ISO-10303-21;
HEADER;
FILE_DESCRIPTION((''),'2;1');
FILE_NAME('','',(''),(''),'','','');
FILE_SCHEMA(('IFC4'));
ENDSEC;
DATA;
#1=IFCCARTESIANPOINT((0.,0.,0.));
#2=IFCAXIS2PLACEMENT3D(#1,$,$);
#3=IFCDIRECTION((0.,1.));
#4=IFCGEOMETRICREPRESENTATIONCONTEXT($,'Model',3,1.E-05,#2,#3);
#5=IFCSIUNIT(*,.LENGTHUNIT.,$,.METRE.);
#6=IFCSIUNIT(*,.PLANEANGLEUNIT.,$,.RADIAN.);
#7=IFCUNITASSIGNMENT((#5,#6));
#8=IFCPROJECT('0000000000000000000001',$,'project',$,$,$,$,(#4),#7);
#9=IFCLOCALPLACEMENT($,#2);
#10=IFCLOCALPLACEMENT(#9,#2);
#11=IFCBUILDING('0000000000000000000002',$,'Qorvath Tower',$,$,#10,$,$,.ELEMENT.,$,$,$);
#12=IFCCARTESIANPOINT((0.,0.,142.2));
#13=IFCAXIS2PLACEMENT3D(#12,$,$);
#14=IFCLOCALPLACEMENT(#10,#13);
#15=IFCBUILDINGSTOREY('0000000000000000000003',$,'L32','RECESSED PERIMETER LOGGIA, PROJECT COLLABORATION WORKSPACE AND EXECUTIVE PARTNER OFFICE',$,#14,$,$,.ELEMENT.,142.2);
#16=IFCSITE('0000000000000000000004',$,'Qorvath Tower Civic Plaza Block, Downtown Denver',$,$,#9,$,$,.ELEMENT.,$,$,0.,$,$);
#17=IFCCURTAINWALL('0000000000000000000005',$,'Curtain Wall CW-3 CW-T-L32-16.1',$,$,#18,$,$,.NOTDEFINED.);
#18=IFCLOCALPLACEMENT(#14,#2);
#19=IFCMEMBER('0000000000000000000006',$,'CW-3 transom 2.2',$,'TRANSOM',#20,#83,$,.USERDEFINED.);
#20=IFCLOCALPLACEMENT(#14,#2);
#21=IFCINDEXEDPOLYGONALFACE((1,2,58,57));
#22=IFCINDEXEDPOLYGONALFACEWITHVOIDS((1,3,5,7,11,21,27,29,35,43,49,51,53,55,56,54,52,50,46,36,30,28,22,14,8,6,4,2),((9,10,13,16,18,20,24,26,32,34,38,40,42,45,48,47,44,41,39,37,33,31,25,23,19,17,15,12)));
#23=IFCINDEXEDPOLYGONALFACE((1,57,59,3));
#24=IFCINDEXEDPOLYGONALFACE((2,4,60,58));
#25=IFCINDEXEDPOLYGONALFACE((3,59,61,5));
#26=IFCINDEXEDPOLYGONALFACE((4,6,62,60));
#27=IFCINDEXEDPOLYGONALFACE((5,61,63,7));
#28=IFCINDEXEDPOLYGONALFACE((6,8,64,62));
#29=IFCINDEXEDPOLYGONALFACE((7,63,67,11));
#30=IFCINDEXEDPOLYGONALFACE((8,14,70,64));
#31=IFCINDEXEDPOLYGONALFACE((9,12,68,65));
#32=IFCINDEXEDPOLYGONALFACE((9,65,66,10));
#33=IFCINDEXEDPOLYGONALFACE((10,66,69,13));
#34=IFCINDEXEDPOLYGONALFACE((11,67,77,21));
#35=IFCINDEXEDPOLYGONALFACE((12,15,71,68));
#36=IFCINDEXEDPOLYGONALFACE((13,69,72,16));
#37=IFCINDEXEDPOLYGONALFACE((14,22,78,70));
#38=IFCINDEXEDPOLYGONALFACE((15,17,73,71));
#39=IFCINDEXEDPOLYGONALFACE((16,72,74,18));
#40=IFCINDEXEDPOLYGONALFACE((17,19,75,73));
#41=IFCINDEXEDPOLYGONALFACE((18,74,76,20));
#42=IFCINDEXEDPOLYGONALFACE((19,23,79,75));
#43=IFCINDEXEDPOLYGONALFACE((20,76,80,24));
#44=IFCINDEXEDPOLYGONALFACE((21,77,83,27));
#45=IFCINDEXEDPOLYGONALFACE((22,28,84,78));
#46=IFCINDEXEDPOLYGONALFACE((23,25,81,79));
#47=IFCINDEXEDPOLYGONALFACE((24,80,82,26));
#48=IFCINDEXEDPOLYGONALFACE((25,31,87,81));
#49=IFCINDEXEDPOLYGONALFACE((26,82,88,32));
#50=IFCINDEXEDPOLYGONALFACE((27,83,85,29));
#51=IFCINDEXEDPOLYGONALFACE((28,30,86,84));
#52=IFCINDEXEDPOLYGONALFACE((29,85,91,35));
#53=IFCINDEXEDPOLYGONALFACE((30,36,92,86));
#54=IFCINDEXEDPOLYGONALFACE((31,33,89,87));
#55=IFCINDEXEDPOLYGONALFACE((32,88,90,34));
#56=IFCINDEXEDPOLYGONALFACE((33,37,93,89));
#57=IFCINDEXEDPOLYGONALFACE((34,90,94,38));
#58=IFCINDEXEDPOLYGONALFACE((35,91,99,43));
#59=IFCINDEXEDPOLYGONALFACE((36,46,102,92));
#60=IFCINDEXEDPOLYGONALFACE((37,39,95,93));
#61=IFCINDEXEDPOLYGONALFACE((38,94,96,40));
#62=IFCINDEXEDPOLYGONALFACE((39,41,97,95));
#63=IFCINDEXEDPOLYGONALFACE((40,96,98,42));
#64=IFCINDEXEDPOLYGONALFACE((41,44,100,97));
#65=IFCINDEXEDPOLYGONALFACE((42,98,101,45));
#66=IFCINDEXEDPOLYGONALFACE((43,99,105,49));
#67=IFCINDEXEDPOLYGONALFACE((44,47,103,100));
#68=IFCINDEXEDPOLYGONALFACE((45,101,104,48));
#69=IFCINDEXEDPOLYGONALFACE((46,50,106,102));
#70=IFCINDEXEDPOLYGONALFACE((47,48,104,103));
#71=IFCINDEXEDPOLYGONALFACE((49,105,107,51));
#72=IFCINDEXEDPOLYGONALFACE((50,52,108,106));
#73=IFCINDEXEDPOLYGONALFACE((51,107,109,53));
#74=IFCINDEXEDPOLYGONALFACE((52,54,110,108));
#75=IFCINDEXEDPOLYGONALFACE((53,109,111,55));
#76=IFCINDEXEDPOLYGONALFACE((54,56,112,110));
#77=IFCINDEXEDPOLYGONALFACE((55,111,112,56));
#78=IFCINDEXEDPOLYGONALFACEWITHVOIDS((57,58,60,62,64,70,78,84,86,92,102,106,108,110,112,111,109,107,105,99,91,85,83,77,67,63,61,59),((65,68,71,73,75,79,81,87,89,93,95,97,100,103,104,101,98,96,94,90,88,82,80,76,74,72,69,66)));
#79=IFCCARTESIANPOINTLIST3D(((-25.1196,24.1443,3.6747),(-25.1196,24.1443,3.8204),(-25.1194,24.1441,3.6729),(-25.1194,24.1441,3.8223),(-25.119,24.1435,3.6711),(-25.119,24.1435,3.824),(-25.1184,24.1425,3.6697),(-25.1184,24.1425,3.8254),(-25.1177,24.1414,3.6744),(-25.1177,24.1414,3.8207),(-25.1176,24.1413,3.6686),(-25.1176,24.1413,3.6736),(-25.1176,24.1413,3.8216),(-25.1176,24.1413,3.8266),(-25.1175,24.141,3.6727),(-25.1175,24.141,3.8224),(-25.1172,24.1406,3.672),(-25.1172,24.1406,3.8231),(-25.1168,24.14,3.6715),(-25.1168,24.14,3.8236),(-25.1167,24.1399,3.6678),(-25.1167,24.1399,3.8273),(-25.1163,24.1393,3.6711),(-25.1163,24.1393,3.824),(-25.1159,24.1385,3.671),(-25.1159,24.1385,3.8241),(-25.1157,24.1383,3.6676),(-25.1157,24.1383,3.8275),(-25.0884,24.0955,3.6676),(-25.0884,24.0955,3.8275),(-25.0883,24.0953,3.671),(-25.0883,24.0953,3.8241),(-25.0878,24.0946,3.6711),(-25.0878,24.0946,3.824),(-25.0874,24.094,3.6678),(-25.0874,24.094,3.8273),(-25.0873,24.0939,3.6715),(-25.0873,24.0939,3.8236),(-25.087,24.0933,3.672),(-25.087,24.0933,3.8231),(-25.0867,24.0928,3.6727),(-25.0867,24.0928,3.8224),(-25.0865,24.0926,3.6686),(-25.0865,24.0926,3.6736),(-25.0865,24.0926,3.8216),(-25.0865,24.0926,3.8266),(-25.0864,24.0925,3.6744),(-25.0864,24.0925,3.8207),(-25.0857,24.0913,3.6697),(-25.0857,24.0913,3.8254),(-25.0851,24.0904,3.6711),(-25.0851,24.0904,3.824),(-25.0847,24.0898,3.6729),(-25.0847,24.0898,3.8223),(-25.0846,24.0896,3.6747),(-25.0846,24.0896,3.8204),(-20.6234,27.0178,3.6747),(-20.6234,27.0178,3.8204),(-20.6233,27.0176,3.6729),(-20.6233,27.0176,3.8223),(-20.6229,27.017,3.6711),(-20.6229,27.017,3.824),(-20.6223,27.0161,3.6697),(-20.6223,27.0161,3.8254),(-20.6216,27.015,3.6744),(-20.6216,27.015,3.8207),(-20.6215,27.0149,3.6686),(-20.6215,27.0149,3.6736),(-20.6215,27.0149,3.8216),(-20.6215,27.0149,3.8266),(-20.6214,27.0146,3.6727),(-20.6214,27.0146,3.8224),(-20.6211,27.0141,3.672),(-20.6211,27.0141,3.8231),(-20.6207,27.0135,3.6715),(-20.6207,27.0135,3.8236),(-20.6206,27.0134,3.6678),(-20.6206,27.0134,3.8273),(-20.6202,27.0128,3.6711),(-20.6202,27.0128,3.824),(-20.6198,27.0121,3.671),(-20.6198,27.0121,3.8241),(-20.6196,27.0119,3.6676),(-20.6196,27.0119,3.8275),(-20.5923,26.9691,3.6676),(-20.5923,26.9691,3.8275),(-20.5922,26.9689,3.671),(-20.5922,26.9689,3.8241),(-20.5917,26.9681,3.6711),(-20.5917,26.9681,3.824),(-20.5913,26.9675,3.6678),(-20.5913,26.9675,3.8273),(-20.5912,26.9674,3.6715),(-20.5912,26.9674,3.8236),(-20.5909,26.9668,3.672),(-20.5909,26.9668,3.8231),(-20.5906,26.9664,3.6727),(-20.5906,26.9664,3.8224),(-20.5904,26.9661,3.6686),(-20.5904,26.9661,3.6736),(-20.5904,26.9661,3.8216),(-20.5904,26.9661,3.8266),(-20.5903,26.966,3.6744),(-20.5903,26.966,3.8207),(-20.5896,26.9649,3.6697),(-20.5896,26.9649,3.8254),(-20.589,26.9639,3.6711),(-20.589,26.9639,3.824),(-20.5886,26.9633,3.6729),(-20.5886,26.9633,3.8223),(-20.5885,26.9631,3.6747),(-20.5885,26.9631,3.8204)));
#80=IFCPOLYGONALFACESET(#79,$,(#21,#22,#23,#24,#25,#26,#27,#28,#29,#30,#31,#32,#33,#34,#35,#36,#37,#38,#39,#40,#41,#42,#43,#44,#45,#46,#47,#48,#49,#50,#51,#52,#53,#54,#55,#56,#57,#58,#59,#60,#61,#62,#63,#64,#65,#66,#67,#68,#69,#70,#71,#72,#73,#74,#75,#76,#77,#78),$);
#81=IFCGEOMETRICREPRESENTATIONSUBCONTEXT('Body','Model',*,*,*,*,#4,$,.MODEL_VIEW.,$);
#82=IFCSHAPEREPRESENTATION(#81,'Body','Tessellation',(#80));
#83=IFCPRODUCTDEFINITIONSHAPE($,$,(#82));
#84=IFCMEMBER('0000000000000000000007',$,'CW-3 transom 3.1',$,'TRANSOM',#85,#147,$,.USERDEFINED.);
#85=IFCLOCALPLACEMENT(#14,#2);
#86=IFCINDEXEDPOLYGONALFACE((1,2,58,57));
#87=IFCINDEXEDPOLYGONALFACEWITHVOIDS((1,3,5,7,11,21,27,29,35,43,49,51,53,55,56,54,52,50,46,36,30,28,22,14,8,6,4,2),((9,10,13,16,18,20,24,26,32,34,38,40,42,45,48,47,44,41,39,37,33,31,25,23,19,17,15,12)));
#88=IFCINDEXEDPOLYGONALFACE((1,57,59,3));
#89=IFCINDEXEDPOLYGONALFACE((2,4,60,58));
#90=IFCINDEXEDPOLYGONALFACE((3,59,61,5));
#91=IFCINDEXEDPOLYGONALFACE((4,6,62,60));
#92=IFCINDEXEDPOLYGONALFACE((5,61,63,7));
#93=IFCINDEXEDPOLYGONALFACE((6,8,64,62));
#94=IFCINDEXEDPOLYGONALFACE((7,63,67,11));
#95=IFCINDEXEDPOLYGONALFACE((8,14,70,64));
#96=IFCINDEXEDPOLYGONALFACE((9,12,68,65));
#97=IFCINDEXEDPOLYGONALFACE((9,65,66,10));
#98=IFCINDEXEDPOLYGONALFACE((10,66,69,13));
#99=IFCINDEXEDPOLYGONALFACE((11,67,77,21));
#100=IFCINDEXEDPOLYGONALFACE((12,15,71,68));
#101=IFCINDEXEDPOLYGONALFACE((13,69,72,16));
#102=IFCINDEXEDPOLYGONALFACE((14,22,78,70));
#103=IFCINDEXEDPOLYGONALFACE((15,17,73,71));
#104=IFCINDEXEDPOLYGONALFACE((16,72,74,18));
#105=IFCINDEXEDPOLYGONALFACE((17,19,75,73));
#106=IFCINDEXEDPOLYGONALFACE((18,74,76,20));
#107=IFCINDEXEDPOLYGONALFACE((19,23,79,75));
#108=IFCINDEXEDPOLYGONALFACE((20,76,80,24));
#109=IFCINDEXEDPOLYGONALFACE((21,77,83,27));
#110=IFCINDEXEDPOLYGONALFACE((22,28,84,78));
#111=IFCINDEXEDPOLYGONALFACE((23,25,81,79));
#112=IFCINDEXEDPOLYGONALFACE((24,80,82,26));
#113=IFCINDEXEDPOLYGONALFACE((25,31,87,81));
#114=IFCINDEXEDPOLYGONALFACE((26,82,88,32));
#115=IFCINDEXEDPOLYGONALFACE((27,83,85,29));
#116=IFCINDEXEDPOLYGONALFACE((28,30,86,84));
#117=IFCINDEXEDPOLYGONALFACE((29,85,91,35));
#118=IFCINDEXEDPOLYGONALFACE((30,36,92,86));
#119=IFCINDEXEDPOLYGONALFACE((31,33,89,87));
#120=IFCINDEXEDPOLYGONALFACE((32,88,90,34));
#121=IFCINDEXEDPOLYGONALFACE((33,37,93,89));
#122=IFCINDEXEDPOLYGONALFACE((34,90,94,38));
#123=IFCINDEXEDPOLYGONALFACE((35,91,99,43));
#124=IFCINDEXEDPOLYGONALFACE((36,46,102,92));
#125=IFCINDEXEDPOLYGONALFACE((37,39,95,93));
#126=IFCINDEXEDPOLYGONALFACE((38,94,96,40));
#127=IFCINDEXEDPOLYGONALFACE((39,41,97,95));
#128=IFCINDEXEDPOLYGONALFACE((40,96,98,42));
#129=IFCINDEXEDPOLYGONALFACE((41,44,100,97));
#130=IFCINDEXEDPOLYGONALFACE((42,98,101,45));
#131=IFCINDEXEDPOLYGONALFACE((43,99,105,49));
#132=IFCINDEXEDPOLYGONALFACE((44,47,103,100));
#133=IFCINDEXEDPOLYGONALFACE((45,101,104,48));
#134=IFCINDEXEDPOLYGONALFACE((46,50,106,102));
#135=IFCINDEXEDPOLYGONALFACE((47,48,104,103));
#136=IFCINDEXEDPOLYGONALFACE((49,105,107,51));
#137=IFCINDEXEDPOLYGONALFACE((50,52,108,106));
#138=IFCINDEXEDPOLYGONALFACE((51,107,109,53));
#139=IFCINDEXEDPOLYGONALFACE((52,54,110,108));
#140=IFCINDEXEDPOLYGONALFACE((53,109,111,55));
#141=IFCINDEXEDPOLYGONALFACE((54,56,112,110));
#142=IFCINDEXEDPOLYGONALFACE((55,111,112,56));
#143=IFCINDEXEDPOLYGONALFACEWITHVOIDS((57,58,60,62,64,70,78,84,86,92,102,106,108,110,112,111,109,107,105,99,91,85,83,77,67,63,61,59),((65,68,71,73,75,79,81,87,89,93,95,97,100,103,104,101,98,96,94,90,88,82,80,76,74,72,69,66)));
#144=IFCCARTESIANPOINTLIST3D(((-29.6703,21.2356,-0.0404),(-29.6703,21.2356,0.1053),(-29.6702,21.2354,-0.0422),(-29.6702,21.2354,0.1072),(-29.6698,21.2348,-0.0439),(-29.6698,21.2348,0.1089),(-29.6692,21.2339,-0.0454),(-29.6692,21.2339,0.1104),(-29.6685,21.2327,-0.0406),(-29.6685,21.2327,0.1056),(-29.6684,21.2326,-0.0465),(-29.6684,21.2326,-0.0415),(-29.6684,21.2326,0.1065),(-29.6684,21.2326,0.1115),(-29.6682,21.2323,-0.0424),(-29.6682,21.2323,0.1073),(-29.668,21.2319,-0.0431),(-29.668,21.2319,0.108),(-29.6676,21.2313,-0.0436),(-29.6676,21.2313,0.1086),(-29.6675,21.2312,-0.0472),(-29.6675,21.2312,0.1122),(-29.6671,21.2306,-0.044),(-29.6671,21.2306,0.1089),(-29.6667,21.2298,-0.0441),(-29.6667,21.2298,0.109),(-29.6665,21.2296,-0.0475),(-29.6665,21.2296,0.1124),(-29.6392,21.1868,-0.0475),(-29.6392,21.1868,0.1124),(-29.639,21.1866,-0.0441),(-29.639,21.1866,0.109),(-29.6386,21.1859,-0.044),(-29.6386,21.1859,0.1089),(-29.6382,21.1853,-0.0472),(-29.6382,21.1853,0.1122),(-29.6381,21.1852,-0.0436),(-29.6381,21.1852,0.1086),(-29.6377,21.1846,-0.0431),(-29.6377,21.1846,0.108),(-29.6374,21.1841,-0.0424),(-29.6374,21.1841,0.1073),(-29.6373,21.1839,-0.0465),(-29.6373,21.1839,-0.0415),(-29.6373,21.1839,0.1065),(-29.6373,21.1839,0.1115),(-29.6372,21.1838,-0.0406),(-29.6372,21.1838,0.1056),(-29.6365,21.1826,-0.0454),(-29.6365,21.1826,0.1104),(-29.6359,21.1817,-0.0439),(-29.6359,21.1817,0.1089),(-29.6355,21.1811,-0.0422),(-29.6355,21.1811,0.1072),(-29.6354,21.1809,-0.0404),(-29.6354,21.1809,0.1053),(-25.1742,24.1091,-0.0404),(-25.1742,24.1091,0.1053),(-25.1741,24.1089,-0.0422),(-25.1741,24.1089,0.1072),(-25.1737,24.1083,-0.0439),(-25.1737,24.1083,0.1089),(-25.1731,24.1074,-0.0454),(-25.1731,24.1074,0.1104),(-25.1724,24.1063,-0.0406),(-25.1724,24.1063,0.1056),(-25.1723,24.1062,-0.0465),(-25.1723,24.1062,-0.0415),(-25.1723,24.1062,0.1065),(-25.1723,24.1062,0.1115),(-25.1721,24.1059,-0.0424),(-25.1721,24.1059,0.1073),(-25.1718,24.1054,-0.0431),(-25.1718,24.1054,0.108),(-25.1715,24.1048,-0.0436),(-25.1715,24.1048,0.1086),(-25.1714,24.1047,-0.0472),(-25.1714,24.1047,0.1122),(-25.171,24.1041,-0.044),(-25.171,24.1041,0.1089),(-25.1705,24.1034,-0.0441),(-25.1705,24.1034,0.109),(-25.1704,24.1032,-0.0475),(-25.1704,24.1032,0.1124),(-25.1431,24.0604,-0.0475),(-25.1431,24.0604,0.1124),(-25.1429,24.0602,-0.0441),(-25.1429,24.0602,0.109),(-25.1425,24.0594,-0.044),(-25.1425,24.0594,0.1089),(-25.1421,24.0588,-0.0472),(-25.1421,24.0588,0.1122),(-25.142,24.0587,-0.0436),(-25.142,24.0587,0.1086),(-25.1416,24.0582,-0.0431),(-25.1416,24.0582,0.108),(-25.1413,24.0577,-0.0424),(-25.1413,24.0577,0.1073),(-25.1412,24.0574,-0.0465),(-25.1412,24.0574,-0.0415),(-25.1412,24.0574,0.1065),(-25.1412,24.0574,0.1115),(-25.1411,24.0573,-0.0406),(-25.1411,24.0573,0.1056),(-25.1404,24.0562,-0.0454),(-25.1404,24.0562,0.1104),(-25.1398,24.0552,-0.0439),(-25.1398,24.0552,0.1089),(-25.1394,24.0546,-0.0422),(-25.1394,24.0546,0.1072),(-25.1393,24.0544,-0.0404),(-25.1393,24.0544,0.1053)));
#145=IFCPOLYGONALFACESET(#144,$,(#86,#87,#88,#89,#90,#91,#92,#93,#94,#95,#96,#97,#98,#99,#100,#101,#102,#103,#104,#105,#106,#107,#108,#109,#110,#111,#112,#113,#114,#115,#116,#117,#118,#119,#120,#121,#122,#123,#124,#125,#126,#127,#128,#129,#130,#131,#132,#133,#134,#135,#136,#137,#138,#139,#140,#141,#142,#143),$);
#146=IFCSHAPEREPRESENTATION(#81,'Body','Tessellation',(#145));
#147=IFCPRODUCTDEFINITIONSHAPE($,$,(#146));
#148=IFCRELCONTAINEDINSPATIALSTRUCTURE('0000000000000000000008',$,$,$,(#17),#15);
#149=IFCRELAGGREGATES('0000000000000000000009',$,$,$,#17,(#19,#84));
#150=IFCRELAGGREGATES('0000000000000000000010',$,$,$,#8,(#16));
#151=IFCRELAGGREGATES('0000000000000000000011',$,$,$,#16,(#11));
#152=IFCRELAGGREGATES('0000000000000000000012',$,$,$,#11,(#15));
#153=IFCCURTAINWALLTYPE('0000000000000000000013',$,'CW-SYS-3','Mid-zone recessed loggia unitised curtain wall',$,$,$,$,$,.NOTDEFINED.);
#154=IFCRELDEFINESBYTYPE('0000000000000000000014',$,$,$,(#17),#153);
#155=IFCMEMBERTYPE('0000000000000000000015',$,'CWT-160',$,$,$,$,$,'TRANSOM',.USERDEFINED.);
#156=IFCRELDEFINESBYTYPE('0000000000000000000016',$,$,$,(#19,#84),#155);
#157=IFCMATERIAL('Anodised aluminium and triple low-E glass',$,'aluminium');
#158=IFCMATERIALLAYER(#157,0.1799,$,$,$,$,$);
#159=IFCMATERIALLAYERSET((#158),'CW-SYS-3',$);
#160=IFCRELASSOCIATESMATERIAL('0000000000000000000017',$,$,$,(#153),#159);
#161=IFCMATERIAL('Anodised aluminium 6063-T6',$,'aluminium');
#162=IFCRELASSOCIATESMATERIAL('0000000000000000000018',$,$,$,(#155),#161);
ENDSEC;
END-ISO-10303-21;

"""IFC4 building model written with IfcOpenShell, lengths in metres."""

from ifc_helpers import new_model, si_unit, direction, frame, origin, origin_2d, place, context, subcontext, project, spatial, hollow_rectangle, extrude, material, layer, layer_set, material_profile, profile_set, type_object, element, aggregate, save


model = new_model("IFC4")

# Units and contexts
model_context = context("Model", 3, precision=1e-05, world=origin(), true_north=direction((0.0, 1.0)))
body_context = subcontext(model_context, "Body", "Model", "MODEL_VIEW")
ifc_project = project(units=[si_unit("LENGTHUNIT", "METRE"), si_unit("PLANEANGLEUNIT", "RADIAN")], contexts=[model_context])

# Site, building, storey
site_placement = place(None, origin())
site = spatial("IfcSite", under=ifc_project, at=site_placement, Name="Qorvath Tower Civic Plaza Block, Downtown Denver", CompositionType="ELEMENT", RefElevation=0.0)
building_placement = place(site_placement, origin())
building = spatial("IfcBuilding", under=site, at=building_placement, Name="Qorvath Tower", CompositionType="ELEMENT")
storey_placement = place(building_placement, frame((0.0, 0.0, 142.2)))
storey = spatial("IfcBuildingStorey", under=building, at=storey_placement, Name="L32", Description="RECESSED PERIMETER LOGGIA, PROJECT COLLABORATION WORKSPACE AND EXECUTIVE PARTNER OFFICE", CompositionType="ELEMENT", Elevation=142.2)

# Curtain wall, members
ifc_material_1 = material(Name="Anodised aluminium and triple low-E glass", Category="aluminium")
ifc_layer_1 = layer(ifc_material_1, 0.1799)
ifc_layer_set_1 = layer_set([ifc_layer_1], Name="CW-SYS-3")
curtain_wall_type = type_object("IfcCurtainWallType", Name="CW-SYS-3", Description="Mid-zone recessed loggia unitised curtain wall", PredefinedType="NOTDEFINED", material=ifc_layer_set_1)
curtain_wall_placement = place(storey_placement, origin())
curtain_wall = element("IfcCurtainWall", 1, at=curtain_wall_placement, inside=storey, type_object=curtain_wall_type, Name="Curtain Wall CW-3 CW-T-L32-16.1", PredefinedType="NOTDEFINED")
ifc_material_2 = material(Name="Anodised aluminium 6063-T6", Category="aluminium")
ifc_material_profile_1 = material_profile(ifc_material_2, hollow_rectangle(XDim=0.0649, YDim=0.1599, WallThickness=0.0034, InnerFilletRadius=0.0034, OuterFilletRadius=0.0071, at=origin_2d()), Name="CWT 160x65")
ifc_profile_set_1 = profile_set([ifc_material_profile_1], Name="Anodised aluminium 6063-T6")
member_type_1 = type_object("IfcMemberType", Name="CWT-160", ElementType="TRANSOM", PredefinedType="USERDEFINED", material=ifc_profile_set_1)
member_1_placement = place(storey_placement, frame((-20.606, 26.9905, 3.7476), z_axis=(-0.842609, -0.538526, 0.0), x_axis=(0.538526, -0.842609, 0.0)))
member_1 = element("IfcMember", 2, at=member_1_placement, type_object=member_type_1, Name="CW-3 transom 2.2", ObjectType="TRANSOM", PredefinedType="USERDEFINED", context=body_context, shape_type="SweptSolid", body=[
    extrude(hollow_rectangle(XDim=0.0649, YDim=0.1599, WallThickness=0.0034, InnerFilletRadius=0.0034, OuterFilletRadius=0.0071, at=origin_2d()), origin(), (0.0, 0.0, 1.0), 5.3359),
])
member_2_placement = place(storey_placement, frame((-25.1567, 24.0818, 0.0325), z_axis=(-0.842609, -0.538526, 0.0), x_axis=(0.538526, -0.842609, 0.0)))
member_2 = element("IfcMember", 3, at=member_2_placement, type_object=member_type_1, Name="CW-3 transom 3.1", ObjectType="TRANSOM", PredefinedType="USERDEFINED", context=body_context, shape_type="SweptSolid", body=[
    extrude(hollow_rectangle(XDim=0.0649, YDim=0.1599, WallThickness=0.0034, InnerFilletRadius=0.0034, OuterFilletRadius=0.0071, at=origin_2d()), origin(), (0.0, 0.0, 1.0), 5.3359),
])
aggregate(curtain_wall, [member_1, member_2])

save(model, "model.ifc")
